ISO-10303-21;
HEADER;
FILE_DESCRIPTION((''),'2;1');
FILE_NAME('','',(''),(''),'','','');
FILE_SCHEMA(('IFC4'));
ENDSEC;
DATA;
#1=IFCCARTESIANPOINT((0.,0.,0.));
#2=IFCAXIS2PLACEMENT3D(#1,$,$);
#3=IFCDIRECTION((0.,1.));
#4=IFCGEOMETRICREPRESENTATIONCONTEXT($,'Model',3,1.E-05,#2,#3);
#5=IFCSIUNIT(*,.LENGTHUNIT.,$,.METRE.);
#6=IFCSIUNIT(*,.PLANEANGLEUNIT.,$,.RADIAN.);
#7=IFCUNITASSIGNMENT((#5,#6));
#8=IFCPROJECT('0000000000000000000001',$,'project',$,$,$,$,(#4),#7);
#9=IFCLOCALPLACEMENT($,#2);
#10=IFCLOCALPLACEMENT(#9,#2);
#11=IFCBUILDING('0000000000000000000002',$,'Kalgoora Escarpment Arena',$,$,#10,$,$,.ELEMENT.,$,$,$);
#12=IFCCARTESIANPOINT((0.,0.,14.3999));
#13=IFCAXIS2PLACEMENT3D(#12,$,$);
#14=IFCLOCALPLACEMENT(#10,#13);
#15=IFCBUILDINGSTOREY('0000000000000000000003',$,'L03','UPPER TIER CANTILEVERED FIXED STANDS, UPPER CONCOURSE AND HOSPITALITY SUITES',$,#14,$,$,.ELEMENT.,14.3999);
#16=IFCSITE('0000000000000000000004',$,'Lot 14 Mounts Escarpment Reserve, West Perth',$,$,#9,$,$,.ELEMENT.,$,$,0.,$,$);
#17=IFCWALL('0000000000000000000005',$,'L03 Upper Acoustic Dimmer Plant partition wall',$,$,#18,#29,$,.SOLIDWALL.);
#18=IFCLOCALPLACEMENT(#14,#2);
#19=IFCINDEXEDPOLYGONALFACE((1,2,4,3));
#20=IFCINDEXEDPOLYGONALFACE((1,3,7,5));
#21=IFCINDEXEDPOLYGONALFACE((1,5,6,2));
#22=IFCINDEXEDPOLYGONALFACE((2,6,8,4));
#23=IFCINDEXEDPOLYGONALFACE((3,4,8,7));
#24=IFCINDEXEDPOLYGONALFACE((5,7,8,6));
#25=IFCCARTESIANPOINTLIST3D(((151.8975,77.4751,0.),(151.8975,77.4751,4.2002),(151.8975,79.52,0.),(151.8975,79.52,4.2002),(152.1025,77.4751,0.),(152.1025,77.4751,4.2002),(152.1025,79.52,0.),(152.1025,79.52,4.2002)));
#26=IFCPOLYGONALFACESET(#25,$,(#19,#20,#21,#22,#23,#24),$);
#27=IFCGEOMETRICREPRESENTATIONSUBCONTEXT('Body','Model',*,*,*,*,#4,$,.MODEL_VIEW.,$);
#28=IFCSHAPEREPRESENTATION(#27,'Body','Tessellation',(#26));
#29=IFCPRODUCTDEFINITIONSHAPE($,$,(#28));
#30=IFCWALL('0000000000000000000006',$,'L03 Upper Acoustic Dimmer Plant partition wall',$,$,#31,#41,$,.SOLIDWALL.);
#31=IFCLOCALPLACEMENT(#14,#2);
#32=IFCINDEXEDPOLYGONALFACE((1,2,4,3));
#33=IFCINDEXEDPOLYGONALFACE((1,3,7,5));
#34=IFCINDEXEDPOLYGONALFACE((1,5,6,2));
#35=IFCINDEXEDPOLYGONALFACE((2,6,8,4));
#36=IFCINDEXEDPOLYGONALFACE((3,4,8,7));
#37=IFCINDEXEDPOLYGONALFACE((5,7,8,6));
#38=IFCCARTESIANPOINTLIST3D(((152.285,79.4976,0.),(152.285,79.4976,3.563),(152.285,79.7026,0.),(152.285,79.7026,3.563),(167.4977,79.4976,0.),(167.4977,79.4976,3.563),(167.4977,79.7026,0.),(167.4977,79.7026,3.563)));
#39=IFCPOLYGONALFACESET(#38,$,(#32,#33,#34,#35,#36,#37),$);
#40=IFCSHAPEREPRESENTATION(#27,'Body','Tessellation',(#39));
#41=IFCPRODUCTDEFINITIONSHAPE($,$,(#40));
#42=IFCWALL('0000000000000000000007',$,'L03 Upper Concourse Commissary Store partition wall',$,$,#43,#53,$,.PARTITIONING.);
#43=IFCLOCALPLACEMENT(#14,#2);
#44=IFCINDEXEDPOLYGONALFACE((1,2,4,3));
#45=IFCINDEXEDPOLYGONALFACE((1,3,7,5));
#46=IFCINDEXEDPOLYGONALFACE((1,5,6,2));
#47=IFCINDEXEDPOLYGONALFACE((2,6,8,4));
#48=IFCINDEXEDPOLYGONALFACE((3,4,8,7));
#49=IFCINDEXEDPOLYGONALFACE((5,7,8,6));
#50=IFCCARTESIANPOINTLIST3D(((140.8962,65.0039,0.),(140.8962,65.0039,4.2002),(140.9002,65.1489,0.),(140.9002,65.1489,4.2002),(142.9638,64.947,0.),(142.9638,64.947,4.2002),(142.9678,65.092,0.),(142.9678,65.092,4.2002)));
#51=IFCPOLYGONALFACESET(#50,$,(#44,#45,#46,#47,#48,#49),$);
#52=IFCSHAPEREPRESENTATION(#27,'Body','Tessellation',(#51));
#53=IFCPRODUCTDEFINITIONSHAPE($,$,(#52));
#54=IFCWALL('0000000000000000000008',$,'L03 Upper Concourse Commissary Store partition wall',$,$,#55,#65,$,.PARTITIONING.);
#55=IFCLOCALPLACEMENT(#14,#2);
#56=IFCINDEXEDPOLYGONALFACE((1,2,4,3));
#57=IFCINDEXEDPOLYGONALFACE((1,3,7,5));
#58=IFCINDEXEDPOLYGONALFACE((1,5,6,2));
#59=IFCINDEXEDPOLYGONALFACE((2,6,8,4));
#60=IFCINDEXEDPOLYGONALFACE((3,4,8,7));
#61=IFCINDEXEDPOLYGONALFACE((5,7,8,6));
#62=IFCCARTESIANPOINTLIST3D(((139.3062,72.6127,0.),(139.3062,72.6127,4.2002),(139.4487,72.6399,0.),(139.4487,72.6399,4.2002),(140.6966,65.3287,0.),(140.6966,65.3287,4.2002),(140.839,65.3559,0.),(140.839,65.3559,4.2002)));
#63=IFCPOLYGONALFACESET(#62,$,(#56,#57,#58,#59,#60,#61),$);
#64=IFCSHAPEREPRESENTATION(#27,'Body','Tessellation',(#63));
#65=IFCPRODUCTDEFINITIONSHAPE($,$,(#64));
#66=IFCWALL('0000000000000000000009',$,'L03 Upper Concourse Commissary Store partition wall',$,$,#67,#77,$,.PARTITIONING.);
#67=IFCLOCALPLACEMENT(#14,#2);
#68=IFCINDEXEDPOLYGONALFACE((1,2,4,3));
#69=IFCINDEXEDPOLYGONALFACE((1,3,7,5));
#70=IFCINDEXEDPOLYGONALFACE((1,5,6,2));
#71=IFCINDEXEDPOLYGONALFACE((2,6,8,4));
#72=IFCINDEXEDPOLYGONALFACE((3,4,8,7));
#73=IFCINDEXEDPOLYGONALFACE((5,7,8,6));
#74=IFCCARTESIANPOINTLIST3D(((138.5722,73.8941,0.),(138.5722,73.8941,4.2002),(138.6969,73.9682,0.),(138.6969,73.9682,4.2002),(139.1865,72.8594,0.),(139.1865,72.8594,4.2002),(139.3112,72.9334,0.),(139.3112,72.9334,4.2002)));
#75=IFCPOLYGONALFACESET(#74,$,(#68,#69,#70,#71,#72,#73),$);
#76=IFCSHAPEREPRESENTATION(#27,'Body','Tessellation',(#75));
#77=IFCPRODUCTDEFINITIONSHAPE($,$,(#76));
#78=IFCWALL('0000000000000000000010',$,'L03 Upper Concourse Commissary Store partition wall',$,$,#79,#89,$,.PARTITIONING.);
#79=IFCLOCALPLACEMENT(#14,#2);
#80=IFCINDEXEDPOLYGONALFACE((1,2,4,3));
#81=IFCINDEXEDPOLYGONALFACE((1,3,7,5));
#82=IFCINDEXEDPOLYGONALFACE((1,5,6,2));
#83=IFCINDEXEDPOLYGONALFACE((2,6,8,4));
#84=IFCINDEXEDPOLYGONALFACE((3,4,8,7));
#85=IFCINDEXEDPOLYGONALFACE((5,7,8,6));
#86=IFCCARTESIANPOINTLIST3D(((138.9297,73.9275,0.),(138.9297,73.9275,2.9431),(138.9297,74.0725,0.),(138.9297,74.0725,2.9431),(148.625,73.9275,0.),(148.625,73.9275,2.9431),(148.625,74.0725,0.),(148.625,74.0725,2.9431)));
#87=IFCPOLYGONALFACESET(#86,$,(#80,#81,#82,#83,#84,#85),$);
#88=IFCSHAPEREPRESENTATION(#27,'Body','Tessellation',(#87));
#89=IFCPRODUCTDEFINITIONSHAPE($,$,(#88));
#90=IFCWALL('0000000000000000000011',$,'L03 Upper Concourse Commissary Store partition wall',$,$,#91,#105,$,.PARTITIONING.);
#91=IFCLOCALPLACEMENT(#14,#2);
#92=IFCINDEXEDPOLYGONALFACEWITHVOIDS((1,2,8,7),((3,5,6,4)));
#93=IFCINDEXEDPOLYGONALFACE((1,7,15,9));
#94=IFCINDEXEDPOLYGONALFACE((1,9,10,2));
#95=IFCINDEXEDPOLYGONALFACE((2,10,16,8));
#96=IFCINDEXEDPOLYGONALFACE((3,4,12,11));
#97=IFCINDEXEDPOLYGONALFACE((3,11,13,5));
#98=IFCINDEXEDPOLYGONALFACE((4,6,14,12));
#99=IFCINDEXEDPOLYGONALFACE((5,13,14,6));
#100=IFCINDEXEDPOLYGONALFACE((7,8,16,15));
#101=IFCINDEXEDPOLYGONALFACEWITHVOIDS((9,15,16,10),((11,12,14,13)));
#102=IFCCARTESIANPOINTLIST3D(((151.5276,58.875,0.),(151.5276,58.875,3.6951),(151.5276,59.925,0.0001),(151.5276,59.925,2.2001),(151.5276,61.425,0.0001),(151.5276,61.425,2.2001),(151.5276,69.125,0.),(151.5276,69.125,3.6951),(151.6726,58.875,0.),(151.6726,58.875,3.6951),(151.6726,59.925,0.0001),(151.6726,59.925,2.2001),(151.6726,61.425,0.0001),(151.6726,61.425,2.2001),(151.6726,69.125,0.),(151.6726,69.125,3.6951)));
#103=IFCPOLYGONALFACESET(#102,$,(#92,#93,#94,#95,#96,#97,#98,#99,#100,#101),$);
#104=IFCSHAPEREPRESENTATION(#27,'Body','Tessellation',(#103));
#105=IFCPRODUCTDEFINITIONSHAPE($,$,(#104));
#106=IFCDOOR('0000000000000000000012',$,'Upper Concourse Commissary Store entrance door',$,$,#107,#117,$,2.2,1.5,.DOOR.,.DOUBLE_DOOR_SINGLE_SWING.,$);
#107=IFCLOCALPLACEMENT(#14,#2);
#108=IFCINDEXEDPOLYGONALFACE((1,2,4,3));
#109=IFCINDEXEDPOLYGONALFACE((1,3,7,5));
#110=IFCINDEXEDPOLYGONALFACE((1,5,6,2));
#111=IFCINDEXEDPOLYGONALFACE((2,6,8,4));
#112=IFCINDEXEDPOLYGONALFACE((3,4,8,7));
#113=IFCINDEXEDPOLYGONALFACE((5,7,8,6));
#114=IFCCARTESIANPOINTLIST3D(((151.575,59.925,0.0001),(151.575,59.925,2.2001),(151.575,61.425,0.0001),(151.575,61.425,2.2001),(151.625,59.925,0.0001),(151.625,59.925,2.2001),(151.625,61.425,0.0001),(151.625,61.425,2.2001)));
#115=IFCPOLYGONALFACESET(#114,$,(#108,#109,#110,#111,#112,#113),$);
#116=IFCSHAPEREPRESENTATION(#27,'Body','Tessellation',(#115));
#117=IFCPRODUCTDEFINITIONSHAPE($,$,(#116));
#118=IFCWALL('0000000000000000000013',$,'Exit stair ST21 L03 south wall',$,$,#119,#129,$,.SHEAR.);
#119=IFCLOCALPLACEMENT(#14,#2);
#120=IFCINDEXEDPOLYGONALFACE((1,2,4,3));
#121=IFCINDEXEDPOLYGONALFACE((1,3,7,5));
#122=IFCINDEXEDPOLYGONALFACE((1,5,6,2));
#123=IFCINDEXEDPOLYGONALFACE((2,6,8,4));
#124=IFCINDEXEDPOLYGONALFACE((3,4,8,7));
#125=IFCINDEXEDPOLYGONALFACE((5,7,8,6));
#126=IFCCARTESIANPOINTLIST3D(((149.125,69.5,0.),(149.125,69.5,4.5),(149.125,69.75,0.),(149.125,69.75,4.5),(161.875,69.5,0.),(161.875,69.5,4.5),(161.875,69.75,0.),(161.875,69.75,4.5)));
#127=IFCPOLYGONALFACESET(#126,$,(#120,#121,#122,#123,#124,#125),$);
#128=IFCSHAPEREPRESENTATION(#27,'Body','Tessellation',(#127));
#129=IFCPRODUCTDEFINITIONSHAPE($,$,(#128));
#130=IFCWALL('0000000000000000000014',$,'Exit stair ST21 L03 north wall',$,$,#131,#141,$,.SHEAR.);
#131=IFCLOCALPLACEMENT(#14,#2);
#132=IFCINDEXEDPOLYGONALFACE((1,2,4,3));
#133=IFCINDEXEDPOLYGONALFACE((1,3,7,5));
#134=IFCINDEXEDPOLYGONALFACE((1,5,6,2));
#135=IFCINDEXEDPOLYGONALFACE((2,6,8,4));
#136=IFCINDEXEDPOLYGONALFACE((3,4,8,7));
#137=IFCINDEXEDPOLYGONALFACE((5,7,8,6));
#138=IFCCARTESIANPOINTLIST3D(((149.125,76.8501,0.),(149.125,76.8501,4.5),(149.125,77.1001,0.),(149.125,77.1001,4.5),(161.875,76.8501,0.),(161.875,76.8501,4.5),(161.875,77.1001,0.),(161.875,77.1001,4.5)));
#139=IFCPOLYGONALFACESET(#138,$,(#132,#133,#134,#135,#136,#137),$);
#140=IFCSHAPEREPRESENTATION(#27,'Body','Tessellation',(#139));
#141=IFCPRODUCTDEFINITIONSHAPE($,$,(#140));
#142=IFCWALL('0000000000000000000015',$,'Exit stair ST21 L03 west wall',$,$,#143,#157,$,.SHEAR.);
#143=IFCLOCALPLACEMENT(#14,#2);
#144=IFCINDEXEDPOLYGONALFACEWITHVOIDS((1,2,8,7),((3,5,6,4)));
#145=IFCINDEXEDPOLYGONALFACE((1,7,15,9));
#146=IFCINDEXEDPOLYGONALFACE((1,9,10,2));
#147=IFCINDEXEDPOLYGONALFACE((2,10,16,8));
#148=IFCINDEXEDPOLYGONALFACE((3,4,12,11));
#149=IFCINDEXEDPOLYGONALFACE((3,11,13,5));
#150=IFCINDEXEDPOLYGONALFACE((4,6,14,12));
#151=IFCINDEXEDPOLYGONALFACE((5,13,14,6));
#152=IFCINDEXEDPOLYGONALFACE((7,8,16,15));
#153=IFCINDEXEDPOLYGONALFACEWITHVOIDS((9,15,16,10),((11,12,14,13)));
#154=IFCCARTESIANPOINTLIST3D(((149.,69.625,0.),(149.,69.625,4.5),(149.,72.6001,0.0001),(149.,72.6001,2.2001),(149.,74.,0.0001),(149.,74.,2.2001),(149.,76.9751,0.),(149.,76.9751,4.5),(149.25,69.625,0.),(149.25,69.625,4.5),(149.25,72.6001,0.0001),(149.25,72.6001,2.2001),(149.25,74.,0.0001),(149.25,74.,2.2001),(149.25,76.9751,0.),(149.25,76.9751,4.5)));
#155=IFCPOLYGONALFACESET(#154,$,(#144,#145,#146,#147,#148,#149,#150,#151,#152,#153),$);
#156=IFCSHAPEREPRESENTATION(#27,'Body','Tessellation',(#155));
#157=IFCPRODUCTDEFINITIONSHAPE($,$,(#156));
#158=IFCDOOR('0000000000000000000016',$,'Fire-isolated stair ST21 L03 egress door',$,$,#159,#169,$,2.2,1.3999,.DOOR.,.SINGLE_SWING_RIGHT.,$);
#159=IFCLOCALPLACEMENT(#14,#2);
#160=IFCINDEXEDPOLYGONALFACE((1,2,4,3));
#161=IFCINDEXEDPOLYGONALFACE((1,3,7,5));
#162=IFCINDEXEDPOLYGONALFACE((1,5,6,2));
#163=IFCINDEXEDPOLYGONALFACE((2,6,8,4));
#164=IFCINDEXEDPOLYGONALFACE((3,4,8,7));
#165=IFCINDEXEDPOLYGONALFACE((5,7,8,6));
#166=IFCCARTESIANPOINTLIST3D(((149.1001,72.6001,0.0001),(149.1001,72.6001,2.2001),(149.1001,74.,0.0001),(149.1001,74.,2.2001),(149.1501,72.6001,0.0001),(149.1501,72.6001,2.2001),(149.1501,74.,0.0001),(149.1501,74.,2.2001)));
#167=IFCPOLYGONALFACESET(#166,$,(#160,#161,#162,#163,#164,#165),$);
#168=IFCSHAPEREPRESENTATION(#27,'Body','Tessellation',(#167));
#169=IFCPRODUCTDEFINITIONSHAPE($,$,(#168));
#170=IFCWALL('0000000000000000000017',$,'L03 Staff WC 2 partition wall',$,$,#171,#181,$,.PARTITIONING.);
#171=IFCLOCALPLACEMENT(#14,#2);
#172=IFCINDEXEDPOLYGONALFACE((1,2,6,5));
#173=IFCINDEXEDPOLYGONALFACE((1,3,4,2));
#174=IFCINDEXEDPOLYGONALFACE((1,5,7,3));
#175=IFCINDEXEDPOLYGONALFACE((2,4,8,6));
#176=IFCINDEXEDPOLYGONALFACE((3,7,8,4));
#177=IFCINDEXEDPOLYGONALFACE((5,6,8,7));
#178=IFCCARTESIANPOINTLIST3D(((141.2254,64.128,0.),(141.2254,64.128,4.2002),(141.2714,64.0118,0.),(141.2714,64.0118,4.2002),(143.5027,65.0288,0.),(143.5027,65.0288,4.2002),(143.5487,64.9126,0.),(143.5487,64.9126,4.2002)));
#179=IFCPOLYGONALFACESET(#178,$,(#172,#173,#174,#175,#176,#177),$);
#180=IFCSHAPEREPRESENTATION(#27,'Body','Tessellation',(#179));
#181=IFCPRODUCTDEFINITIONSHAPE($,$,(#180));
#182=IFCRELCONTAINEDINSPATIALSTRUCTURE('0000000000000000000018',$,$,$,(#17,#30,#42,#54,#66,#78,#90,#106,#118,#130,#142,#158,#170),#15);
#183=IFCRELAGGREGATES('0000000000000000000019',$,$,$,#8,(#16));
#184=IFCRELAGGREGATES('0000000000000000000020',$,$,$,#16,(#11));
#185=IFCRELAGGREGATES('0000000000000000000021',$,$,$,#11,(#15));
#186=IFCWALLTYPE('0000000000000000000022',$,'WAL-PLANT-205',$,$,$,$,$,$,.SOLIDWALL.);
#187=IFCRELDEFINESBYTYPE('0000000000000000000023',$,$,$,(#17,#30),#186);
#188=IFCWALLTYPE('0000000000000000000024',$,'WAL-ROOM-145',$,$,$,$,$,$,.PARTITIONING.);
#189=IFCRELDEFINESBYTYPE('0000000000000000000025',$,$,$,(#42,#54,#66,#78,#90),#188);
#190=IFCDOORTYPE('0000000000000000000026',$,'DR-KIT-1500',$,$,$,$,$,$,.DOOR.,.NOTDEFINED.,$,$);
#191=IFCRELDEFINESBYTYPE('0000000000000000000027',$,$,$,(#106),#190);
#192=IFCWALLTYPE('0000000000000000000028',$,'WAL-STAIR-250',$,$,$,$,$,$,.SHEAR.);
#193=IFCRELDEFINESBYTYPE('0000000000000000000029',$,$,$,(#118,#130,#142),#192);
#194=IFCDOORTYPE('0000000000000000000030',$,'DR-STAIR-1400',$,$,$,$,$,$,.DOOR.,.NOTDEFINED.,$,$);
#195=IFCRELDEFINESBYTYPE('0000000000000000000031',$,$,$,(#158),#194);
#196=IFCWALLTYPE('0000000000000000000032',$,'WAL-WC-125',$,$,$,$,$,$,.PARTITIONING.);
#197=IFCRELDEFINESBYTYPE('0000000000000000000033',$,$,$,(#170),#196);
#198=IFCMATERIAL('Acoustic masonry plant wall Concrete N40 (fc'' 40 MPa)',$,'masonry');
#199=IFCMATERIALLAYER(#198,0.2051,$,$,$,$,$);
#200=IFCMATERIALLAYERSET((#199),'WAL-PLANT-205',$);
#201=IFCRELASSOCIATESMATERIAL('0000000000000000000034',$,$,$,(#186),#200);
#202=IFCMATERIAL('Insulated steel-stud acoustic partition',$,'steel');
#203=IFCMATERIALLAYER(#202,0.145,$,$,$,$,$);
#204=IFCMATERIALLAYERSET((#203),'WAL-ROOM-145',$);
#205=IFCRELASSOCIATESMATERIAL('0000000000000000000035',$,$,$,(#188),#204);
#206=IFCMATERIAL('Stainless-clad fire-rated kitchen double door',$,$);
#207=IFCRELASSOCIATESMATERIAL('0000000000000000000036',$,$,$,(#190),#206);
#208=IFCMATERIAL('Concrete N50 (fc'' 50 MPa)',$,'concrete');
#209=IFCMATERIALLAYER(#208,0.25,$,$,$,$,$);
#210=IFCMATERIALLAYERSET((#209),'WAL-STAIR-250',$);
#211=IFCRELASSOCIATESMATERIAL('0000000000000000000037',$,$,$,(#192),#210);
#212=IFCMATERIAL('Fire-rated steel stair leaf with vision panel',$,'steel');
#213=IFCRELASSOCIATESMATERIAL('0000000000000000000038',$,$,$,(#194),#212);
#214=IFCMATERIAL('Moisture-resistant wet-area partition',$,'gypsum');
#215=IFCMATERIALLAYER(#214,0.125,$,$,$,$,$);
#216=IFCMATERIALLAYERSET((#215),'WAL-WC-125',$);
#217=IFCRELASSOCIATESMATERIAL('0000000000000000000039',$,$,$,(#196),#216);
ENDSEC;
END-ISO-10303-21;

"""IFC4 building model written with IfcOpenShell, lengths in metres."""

from ifc_helpers import new_model, si_unit, direction, frame, frame_2d, origin, place, context, subcontext, project, spatial, rectangle, extrude, material, layer, layer_set, type_object, element, fill, save


model = new_model("IFC4")

# Units and contexts
model_context = context("Model", 3, precision=1e-05, world=origin(), true_north=direction((0.0, 1.0)))
body_context = subcontext(model_context, "Body", "Model", "MODEL_VIEW")
ifc_project = project(units=[si_unit("LENGTHUNIT", "METRE"), si_unit("PLANEANGLEUNIT", "RADIAN")], contexts=[model_context])

# Site, building, storey
site_placement = place(None, origin())
site = spatial("IfcSite", under=ifc_project, at=site_placement, Name="Lot 14 Mounts Escarpment Reserve, West Perth", CompositionType="ELEMENT", RefElevation=0.0)
building_placement = place(site_placement, origin())
building = spatial("IfcBuilding", under=site, at=building_placement, Name="Kalgoora Escarpment Arena", CompositionType="ELEMENT")
storey_placement = place(building_placement, frame((0.0, 0.0, 14.3999)))
storey = spatial("IfcBuildingStorey", under=building, at=storey_placement, Name="L03", Description="UPPER TIER CANTILEVERED FIXED STANDS, UPPER CONCOURSE AND HOSPITALITY SUITES", CompositionType="ELEMENT", Elevation=14.3999)

# Walls
ifc_material_1 = material(Name="Acoustic masonry plant wall Concrete N40 (fc' 40 MPa)", Category="masonry")
ifc_layer_1 = layer(ifc_material_1, 0.2051)
ifc_layer_set_1 = layer_set([ifc_layer_1], Name="WAL-PLANT-205")
wall_type_1 = type_object("IfcWallType", Name="WAL-PLANT-205", PredefinedType="SOLIDWALL", material=ifc_layer_set_1)
wall_1_placement = place(storey_placement, frame((152.0, 77.4751, 0.0), z_axis=(0.0, 0.0, 1.0), x_axis=(0.0, 1.0, 0.0)))
element("IfcWall", 1, at=wall_1_placement, inside=storey, type_object=wall_type_1, Name="L03 Upper Acoustic Dimmer Plant partition wall", PredefinedType="SOLIDWALL", context=body_context, shape_type="SweptSolid", body=[
    extrude(rectangle(XDim=2.0449, YDim=0.2051, at=frame_2d((1.0225, 0.0))), origin(), (0.0, 0.0, 1.0), 4.2002),
])
wall_2_placement = place(storey_placement, frame((152.2849, 79.6001, 0.0), z_axis=(0.0, 0.0, 1.0), x_axis=(1.0, 0.0, 0.0)))
element("IfcWall", 2, at=wall_2_placement, inside=storey, type_object=wall_type_1, Name="L03 Upper Acoustic Dimmer Plant partition wall", PredefinedType="SOLIDWALL", context=body_context, shape_type="SweptSolid", body=[
    extrude(rectangle(XDim=15.2126, YDim=0.2051, at=frame_2d((7.6064, 0.0))), origin(), (0.0, 0.0, 1.0), 3.563),
])
ifc_material_2 = material(Name="Insulated steel-stud acoustic partition", Category="steel")
ifc_layer_2 = layer(ifc_material_2, 0.145)
ifc_layer_set_2 = layer_set([ifc_layer_2], Name="WAL-ROOM-145")
wall_type_2 = type_object("IfcWallType", Name="WAL-ROOM-145", PredefinedType="PARTITIONING", material=ifc_layer_set_2)
wall_3_placement = place(storey_placement, frame((142.9658, 65.0195, 0.0), z_axis=(0.0, 0.0, 1.0), x_axis=(-0.999622, 0.027502, 0.0)))
element("IfcWall", 3, at=wall_3_placement, inside=storey, type_object=wall_type_2, Name="L03 Upper Concourse Commissary Store partition wall", PredefinedType="PARTITIONING", context=body_context, shape_type="SweptSolid", body=[
    extrude(rectangle(XDim=2.0684, YDim=0.145, at=frame_2d((1.0342, 0.0))), origin(), (0.0, 0.0, 1.0), 4.2002),
])
wall_4_placement = place(storey_placement, frame((140.7678, 65.3423, 0.0), z_axis=(0.0, 0.0, 1.0), x_axis=(-0.187498, 0.982265, 0.0)))
element("IfcWall", 4, at=wall_4_placement, inside=storey, type_object=wall_type_2, Name="L03 Upper Concourse Commissary Store partition wall", PredefinedType="PARTITIONING", context=body_context, shape_type="SweptSolid", body=[
    extrude(rectangle(XDim=7.4155, YDim=0.145, at=frame_2d((3.7078, 0.0))), origin(), (0.0, 0.0, 1.0), 4.2002),
])
wall_5_placement = place(storey_placement, frame((139.2488, 72.8965, 0.0), z_axis=(0.0, 0.0, 1.0), x_axis=(-0.510492, 0.859883, 0.0)))
element("IfcWall", 5, at=wall_5_placement, inside=storey, type_object=wall_type_2, Name="L03 Upper Concourse Commissary Store partition wall", PredefinedType="PARTITIONING", context=body_context, shape_type="SweptSolid", body=[
    extrude(rectangle(XDim=1.2034, YDim=0.145, at=frame_2d((0.6016, 0.0))), origin(), (0.0, 0.0, 1.0), 4.2002),
])
wall_6_placement = place(storey_placement, frame((138.9297, 74.0, 0.0), z_axis=(0.0, 0.0, 1.0), x_axis=(1.0, 0.0, 0.0)))
element("IfcWall", 6, at=wall_6_placement, inside=storey, type_object=wall_type_2, Name="L03 Upper Concourse Commissary Store partition wall", PredefinedType="PARTITIONING", context=body_context, shape_type="SweptSolid", body=[
    extrude(rectangle(XDim=9.6953, YDim=0.145, at=frame_2d((4.8477, 0.0))), origin(), (0.0, 0.0, 1.0), 2.9431),
])

# Wall, opening, door
wall_7_placement = place(storey_placement, frame((151.6001, 69.125, 0.0), z_axis=(0.0, 0.0, 1.0), x_axis=(0.0, -1.0, 0.0)))
wall_7 = element("IfcWall", 7, at=wall_7_placement, inside=storey, type_object=wall_type_2, Name="L03 Upper Concourse Commissary Store partition wall", PredefinedType="PARTITIONING", context=body_context, shape_type="SweptSolid", body=[
    extrude(rectangle(XDim=10.25, YDim=0.145, at=frame_2d((5.125, 0.0))), origin(), (0.0, 0.0, 1.0), 3.6951),
])
opening_1_placement = place(wall_7_placement, frame((7.7, 0.0, 0.0)))
opening_1 = element("IfcOpeningElement", 8, at=opening_1_placement, cuts=wall_7, PredefinedType="OPENING", context=body_context, shape_type="SweptSolid", body=[
    extrude(rectangle(XDim=1.5, YDim=2.2, at=frame_2d((0.75, 1.1001))), frame((0.0, 0.0825, 0.0), z_axis=(0.0, -1.0, 0.0), x_axis=(1.0, 0.0, 0.0)), (0.0, 0.0, 1.0), 0.165),
])
ifc_material_3 = material(Name="Stainless-clad fire-rated kitchen double door")
door_type_1 = type_object("IfcDoorType", Name="DR-KIT-1500", OperationType="NOTDEFINED", PredefinedType="DOOR", material=ifc_material_3)
door_1_placement = place(opening_1_placement, origin())
door_1 = element("IfcDoor", 9, at=door_1_placement, inside=storey, type_object=door_type_1, Name="Upper Concourse Commissary Store entrance door", OperationType="DOUBLE_DOOR_SINGLE_SWING", OverallHeight=2.2, OverallWidth=1.5, PredefinedType="DOOR", context=body_context, shape_type="SweptSolid", body=[
    extrude(rectangle(XDim=1.5, YDim=2.2, at=frame_2d((0.75, 1.1001))), frame((0.0, 0.0249, 0.0), z_axis=(0.0, -1.0, 0.0), x_axis=(1.0, 0.0, 0.0)), (0.0, 0.0, 1.0), 0.05),
])
fill(opening_1, door_1)

# Walls
ifc_material_4 = material(Name="Concrete N50 (fc' 50 MPa)", Category="concrete")
ifc_layer_3 = layer(ifc_material_4, 0.25)
ifc_layer_set_3 = layer_set([ifc_layer_3], Name="WAL-STAIR-250")
wall_type_3 = type_object("IfcWallType", Name="WAL-STAIR-250", PredefinedType="SHEAR", material=ifc_layer_set_3)
for number, where, z_axis, x_axis, name in (
    (10, (149.125, 69.625, 0.0), (0.0, 0.0, 1.0), (1.0, 0.0, 0.0), "Exit stair ST21 L03 south wall"),
    (11, (149.125, 76.9751, 0.0), (0.0, 0.0, 1.0), (1.0, 0.0, 0.0), "Exit stair ST21 L03 north wall"),
):
    element("IfcWall", number, at=place(storey_placement, frame(where, z_axis=z_axis, x_axis=x_axis)), inside=storey, type_object=wall_type_3, Name=name, PredefinedType="SHEAR", context=body_context, shape_type="SweptSolid", body=[
        extrude(rectangle(XDim=12.75, YDim=0.25, at=frame_2d((6.375, 0.0))), origin(), (0.0, 0.0, 1.0), 4.5),
    ])

# Wall, opening, door
wall_8_placement = place(storey_placement, frame((149.125, 69.625, 0.0), z_axis=(0.0, 0.0, 1.0), x_axis=(0.0, 1.0, 0.0)))
wall_8 = element("IfcWall", 12, at=wall_8_placement, inside=storey, type_object=wall_type_3, Name="Exit stair ST21 L03 west wall", PredefinedType="SHEAR", context=body_context, shape_type="SweptSolid", body=[
    extrude(rectangle(XDim=7.3501, YDim=0.25, at=frame_2d((3.675, 0.0))), origin(), (0.0, 0.0, 1.0), 4.5),
])
opening_2_placement = place(wall_8_placement, frame((2.9751, 0.0, 0.0)))
opening_2 = element("IfcOpeningElement", 13, at=opening_2_placement, cuts=wall_8, PredefinedType="OPENING", context=body_context, shape_type="SweptSolid", body=[
    extrude(rectangle(XDim=1.3999, YDim=2.2, at=frame_2d((0.7, 1.1001))), frame((0.0, 0.135, 0.0), z_axis=(0.0, -1.0, 0.0), x_axis=(1.0, 0.0, 0.0)), (0.0, 0.0, 1.0), 0.27),
])
ifc_material_5 = material(Name="Fire-rated steel stair leaf with vision panel", Category="steel")
door_type_2 = type_object("IfcDoorType", Name="DR-STAIR-1400", OperationType="NOTDEFINED", PredefinedType="DOOR", material=ifc_material_5)
door_2_placement = place(opening_2_placement, origin())
door_2 = element("IfcDoor", 14, at=door_2_placement, inside=storey, type_object=door_type_2, Name="Fire-isolated stair ST21 L03 egress door", OperationType="SINGLE_SWING_RIGHT", OverallHeight=2.2, OverallWidth=1.3999, PredefinedType="DOOR", context=body_context, shape_type="SweptSolid", body=[
    extrude(rectangle(XDim=1.3999, YDim=2.2, at=frame_2d((0.7, 1.1001))), frame((0.0, 0.0249, 0.0), z_axis=(0.0, -1.0, 0.0), x_axis=(1.0, 0.0, 0.0)), (0.0, 0.0, 1.0), 0.05),
])
fill(opening_2, door_2)

# Wall
ifc_material_6 = material(Name="Moisture-resistant wet-area partition", Category="gypsum")
ifc_layer_4 = layer(ifc_material_6, 0.125)
ifc_layer_set_4 = layer_set([ifc_layer_4], Name="WAL-WC-125")
wall_type_4 = type_object("IfcWallType", Name="WAL-WC-125", PredefinedType="PARTITIONING", material=ifc_layer_set_4)
wall_9_placement = place(storey_placement, frame((141.2483, 64.0698, 0.0), z_axis=(0.0, 0.0, 1.0), x_axis=(0.929886, 0.367847, 0.0)))
element("IfcWall", 15, at=wall_9_placement, inside=storey, type_object=wall_type_4, Name="L03 Staff WC 2 partition wall", PredefinedType="PARTITIONING", context=body_context, shape_type="SweptSolid", body=[
    extrude(rectangle(XDim=2.449, YDim=0.125, at=frame_2d((1.2246, 0.0))), origin(), (0.0, 0.0, 1.0), 4.2002),
])

save(model, "model.ifc")
